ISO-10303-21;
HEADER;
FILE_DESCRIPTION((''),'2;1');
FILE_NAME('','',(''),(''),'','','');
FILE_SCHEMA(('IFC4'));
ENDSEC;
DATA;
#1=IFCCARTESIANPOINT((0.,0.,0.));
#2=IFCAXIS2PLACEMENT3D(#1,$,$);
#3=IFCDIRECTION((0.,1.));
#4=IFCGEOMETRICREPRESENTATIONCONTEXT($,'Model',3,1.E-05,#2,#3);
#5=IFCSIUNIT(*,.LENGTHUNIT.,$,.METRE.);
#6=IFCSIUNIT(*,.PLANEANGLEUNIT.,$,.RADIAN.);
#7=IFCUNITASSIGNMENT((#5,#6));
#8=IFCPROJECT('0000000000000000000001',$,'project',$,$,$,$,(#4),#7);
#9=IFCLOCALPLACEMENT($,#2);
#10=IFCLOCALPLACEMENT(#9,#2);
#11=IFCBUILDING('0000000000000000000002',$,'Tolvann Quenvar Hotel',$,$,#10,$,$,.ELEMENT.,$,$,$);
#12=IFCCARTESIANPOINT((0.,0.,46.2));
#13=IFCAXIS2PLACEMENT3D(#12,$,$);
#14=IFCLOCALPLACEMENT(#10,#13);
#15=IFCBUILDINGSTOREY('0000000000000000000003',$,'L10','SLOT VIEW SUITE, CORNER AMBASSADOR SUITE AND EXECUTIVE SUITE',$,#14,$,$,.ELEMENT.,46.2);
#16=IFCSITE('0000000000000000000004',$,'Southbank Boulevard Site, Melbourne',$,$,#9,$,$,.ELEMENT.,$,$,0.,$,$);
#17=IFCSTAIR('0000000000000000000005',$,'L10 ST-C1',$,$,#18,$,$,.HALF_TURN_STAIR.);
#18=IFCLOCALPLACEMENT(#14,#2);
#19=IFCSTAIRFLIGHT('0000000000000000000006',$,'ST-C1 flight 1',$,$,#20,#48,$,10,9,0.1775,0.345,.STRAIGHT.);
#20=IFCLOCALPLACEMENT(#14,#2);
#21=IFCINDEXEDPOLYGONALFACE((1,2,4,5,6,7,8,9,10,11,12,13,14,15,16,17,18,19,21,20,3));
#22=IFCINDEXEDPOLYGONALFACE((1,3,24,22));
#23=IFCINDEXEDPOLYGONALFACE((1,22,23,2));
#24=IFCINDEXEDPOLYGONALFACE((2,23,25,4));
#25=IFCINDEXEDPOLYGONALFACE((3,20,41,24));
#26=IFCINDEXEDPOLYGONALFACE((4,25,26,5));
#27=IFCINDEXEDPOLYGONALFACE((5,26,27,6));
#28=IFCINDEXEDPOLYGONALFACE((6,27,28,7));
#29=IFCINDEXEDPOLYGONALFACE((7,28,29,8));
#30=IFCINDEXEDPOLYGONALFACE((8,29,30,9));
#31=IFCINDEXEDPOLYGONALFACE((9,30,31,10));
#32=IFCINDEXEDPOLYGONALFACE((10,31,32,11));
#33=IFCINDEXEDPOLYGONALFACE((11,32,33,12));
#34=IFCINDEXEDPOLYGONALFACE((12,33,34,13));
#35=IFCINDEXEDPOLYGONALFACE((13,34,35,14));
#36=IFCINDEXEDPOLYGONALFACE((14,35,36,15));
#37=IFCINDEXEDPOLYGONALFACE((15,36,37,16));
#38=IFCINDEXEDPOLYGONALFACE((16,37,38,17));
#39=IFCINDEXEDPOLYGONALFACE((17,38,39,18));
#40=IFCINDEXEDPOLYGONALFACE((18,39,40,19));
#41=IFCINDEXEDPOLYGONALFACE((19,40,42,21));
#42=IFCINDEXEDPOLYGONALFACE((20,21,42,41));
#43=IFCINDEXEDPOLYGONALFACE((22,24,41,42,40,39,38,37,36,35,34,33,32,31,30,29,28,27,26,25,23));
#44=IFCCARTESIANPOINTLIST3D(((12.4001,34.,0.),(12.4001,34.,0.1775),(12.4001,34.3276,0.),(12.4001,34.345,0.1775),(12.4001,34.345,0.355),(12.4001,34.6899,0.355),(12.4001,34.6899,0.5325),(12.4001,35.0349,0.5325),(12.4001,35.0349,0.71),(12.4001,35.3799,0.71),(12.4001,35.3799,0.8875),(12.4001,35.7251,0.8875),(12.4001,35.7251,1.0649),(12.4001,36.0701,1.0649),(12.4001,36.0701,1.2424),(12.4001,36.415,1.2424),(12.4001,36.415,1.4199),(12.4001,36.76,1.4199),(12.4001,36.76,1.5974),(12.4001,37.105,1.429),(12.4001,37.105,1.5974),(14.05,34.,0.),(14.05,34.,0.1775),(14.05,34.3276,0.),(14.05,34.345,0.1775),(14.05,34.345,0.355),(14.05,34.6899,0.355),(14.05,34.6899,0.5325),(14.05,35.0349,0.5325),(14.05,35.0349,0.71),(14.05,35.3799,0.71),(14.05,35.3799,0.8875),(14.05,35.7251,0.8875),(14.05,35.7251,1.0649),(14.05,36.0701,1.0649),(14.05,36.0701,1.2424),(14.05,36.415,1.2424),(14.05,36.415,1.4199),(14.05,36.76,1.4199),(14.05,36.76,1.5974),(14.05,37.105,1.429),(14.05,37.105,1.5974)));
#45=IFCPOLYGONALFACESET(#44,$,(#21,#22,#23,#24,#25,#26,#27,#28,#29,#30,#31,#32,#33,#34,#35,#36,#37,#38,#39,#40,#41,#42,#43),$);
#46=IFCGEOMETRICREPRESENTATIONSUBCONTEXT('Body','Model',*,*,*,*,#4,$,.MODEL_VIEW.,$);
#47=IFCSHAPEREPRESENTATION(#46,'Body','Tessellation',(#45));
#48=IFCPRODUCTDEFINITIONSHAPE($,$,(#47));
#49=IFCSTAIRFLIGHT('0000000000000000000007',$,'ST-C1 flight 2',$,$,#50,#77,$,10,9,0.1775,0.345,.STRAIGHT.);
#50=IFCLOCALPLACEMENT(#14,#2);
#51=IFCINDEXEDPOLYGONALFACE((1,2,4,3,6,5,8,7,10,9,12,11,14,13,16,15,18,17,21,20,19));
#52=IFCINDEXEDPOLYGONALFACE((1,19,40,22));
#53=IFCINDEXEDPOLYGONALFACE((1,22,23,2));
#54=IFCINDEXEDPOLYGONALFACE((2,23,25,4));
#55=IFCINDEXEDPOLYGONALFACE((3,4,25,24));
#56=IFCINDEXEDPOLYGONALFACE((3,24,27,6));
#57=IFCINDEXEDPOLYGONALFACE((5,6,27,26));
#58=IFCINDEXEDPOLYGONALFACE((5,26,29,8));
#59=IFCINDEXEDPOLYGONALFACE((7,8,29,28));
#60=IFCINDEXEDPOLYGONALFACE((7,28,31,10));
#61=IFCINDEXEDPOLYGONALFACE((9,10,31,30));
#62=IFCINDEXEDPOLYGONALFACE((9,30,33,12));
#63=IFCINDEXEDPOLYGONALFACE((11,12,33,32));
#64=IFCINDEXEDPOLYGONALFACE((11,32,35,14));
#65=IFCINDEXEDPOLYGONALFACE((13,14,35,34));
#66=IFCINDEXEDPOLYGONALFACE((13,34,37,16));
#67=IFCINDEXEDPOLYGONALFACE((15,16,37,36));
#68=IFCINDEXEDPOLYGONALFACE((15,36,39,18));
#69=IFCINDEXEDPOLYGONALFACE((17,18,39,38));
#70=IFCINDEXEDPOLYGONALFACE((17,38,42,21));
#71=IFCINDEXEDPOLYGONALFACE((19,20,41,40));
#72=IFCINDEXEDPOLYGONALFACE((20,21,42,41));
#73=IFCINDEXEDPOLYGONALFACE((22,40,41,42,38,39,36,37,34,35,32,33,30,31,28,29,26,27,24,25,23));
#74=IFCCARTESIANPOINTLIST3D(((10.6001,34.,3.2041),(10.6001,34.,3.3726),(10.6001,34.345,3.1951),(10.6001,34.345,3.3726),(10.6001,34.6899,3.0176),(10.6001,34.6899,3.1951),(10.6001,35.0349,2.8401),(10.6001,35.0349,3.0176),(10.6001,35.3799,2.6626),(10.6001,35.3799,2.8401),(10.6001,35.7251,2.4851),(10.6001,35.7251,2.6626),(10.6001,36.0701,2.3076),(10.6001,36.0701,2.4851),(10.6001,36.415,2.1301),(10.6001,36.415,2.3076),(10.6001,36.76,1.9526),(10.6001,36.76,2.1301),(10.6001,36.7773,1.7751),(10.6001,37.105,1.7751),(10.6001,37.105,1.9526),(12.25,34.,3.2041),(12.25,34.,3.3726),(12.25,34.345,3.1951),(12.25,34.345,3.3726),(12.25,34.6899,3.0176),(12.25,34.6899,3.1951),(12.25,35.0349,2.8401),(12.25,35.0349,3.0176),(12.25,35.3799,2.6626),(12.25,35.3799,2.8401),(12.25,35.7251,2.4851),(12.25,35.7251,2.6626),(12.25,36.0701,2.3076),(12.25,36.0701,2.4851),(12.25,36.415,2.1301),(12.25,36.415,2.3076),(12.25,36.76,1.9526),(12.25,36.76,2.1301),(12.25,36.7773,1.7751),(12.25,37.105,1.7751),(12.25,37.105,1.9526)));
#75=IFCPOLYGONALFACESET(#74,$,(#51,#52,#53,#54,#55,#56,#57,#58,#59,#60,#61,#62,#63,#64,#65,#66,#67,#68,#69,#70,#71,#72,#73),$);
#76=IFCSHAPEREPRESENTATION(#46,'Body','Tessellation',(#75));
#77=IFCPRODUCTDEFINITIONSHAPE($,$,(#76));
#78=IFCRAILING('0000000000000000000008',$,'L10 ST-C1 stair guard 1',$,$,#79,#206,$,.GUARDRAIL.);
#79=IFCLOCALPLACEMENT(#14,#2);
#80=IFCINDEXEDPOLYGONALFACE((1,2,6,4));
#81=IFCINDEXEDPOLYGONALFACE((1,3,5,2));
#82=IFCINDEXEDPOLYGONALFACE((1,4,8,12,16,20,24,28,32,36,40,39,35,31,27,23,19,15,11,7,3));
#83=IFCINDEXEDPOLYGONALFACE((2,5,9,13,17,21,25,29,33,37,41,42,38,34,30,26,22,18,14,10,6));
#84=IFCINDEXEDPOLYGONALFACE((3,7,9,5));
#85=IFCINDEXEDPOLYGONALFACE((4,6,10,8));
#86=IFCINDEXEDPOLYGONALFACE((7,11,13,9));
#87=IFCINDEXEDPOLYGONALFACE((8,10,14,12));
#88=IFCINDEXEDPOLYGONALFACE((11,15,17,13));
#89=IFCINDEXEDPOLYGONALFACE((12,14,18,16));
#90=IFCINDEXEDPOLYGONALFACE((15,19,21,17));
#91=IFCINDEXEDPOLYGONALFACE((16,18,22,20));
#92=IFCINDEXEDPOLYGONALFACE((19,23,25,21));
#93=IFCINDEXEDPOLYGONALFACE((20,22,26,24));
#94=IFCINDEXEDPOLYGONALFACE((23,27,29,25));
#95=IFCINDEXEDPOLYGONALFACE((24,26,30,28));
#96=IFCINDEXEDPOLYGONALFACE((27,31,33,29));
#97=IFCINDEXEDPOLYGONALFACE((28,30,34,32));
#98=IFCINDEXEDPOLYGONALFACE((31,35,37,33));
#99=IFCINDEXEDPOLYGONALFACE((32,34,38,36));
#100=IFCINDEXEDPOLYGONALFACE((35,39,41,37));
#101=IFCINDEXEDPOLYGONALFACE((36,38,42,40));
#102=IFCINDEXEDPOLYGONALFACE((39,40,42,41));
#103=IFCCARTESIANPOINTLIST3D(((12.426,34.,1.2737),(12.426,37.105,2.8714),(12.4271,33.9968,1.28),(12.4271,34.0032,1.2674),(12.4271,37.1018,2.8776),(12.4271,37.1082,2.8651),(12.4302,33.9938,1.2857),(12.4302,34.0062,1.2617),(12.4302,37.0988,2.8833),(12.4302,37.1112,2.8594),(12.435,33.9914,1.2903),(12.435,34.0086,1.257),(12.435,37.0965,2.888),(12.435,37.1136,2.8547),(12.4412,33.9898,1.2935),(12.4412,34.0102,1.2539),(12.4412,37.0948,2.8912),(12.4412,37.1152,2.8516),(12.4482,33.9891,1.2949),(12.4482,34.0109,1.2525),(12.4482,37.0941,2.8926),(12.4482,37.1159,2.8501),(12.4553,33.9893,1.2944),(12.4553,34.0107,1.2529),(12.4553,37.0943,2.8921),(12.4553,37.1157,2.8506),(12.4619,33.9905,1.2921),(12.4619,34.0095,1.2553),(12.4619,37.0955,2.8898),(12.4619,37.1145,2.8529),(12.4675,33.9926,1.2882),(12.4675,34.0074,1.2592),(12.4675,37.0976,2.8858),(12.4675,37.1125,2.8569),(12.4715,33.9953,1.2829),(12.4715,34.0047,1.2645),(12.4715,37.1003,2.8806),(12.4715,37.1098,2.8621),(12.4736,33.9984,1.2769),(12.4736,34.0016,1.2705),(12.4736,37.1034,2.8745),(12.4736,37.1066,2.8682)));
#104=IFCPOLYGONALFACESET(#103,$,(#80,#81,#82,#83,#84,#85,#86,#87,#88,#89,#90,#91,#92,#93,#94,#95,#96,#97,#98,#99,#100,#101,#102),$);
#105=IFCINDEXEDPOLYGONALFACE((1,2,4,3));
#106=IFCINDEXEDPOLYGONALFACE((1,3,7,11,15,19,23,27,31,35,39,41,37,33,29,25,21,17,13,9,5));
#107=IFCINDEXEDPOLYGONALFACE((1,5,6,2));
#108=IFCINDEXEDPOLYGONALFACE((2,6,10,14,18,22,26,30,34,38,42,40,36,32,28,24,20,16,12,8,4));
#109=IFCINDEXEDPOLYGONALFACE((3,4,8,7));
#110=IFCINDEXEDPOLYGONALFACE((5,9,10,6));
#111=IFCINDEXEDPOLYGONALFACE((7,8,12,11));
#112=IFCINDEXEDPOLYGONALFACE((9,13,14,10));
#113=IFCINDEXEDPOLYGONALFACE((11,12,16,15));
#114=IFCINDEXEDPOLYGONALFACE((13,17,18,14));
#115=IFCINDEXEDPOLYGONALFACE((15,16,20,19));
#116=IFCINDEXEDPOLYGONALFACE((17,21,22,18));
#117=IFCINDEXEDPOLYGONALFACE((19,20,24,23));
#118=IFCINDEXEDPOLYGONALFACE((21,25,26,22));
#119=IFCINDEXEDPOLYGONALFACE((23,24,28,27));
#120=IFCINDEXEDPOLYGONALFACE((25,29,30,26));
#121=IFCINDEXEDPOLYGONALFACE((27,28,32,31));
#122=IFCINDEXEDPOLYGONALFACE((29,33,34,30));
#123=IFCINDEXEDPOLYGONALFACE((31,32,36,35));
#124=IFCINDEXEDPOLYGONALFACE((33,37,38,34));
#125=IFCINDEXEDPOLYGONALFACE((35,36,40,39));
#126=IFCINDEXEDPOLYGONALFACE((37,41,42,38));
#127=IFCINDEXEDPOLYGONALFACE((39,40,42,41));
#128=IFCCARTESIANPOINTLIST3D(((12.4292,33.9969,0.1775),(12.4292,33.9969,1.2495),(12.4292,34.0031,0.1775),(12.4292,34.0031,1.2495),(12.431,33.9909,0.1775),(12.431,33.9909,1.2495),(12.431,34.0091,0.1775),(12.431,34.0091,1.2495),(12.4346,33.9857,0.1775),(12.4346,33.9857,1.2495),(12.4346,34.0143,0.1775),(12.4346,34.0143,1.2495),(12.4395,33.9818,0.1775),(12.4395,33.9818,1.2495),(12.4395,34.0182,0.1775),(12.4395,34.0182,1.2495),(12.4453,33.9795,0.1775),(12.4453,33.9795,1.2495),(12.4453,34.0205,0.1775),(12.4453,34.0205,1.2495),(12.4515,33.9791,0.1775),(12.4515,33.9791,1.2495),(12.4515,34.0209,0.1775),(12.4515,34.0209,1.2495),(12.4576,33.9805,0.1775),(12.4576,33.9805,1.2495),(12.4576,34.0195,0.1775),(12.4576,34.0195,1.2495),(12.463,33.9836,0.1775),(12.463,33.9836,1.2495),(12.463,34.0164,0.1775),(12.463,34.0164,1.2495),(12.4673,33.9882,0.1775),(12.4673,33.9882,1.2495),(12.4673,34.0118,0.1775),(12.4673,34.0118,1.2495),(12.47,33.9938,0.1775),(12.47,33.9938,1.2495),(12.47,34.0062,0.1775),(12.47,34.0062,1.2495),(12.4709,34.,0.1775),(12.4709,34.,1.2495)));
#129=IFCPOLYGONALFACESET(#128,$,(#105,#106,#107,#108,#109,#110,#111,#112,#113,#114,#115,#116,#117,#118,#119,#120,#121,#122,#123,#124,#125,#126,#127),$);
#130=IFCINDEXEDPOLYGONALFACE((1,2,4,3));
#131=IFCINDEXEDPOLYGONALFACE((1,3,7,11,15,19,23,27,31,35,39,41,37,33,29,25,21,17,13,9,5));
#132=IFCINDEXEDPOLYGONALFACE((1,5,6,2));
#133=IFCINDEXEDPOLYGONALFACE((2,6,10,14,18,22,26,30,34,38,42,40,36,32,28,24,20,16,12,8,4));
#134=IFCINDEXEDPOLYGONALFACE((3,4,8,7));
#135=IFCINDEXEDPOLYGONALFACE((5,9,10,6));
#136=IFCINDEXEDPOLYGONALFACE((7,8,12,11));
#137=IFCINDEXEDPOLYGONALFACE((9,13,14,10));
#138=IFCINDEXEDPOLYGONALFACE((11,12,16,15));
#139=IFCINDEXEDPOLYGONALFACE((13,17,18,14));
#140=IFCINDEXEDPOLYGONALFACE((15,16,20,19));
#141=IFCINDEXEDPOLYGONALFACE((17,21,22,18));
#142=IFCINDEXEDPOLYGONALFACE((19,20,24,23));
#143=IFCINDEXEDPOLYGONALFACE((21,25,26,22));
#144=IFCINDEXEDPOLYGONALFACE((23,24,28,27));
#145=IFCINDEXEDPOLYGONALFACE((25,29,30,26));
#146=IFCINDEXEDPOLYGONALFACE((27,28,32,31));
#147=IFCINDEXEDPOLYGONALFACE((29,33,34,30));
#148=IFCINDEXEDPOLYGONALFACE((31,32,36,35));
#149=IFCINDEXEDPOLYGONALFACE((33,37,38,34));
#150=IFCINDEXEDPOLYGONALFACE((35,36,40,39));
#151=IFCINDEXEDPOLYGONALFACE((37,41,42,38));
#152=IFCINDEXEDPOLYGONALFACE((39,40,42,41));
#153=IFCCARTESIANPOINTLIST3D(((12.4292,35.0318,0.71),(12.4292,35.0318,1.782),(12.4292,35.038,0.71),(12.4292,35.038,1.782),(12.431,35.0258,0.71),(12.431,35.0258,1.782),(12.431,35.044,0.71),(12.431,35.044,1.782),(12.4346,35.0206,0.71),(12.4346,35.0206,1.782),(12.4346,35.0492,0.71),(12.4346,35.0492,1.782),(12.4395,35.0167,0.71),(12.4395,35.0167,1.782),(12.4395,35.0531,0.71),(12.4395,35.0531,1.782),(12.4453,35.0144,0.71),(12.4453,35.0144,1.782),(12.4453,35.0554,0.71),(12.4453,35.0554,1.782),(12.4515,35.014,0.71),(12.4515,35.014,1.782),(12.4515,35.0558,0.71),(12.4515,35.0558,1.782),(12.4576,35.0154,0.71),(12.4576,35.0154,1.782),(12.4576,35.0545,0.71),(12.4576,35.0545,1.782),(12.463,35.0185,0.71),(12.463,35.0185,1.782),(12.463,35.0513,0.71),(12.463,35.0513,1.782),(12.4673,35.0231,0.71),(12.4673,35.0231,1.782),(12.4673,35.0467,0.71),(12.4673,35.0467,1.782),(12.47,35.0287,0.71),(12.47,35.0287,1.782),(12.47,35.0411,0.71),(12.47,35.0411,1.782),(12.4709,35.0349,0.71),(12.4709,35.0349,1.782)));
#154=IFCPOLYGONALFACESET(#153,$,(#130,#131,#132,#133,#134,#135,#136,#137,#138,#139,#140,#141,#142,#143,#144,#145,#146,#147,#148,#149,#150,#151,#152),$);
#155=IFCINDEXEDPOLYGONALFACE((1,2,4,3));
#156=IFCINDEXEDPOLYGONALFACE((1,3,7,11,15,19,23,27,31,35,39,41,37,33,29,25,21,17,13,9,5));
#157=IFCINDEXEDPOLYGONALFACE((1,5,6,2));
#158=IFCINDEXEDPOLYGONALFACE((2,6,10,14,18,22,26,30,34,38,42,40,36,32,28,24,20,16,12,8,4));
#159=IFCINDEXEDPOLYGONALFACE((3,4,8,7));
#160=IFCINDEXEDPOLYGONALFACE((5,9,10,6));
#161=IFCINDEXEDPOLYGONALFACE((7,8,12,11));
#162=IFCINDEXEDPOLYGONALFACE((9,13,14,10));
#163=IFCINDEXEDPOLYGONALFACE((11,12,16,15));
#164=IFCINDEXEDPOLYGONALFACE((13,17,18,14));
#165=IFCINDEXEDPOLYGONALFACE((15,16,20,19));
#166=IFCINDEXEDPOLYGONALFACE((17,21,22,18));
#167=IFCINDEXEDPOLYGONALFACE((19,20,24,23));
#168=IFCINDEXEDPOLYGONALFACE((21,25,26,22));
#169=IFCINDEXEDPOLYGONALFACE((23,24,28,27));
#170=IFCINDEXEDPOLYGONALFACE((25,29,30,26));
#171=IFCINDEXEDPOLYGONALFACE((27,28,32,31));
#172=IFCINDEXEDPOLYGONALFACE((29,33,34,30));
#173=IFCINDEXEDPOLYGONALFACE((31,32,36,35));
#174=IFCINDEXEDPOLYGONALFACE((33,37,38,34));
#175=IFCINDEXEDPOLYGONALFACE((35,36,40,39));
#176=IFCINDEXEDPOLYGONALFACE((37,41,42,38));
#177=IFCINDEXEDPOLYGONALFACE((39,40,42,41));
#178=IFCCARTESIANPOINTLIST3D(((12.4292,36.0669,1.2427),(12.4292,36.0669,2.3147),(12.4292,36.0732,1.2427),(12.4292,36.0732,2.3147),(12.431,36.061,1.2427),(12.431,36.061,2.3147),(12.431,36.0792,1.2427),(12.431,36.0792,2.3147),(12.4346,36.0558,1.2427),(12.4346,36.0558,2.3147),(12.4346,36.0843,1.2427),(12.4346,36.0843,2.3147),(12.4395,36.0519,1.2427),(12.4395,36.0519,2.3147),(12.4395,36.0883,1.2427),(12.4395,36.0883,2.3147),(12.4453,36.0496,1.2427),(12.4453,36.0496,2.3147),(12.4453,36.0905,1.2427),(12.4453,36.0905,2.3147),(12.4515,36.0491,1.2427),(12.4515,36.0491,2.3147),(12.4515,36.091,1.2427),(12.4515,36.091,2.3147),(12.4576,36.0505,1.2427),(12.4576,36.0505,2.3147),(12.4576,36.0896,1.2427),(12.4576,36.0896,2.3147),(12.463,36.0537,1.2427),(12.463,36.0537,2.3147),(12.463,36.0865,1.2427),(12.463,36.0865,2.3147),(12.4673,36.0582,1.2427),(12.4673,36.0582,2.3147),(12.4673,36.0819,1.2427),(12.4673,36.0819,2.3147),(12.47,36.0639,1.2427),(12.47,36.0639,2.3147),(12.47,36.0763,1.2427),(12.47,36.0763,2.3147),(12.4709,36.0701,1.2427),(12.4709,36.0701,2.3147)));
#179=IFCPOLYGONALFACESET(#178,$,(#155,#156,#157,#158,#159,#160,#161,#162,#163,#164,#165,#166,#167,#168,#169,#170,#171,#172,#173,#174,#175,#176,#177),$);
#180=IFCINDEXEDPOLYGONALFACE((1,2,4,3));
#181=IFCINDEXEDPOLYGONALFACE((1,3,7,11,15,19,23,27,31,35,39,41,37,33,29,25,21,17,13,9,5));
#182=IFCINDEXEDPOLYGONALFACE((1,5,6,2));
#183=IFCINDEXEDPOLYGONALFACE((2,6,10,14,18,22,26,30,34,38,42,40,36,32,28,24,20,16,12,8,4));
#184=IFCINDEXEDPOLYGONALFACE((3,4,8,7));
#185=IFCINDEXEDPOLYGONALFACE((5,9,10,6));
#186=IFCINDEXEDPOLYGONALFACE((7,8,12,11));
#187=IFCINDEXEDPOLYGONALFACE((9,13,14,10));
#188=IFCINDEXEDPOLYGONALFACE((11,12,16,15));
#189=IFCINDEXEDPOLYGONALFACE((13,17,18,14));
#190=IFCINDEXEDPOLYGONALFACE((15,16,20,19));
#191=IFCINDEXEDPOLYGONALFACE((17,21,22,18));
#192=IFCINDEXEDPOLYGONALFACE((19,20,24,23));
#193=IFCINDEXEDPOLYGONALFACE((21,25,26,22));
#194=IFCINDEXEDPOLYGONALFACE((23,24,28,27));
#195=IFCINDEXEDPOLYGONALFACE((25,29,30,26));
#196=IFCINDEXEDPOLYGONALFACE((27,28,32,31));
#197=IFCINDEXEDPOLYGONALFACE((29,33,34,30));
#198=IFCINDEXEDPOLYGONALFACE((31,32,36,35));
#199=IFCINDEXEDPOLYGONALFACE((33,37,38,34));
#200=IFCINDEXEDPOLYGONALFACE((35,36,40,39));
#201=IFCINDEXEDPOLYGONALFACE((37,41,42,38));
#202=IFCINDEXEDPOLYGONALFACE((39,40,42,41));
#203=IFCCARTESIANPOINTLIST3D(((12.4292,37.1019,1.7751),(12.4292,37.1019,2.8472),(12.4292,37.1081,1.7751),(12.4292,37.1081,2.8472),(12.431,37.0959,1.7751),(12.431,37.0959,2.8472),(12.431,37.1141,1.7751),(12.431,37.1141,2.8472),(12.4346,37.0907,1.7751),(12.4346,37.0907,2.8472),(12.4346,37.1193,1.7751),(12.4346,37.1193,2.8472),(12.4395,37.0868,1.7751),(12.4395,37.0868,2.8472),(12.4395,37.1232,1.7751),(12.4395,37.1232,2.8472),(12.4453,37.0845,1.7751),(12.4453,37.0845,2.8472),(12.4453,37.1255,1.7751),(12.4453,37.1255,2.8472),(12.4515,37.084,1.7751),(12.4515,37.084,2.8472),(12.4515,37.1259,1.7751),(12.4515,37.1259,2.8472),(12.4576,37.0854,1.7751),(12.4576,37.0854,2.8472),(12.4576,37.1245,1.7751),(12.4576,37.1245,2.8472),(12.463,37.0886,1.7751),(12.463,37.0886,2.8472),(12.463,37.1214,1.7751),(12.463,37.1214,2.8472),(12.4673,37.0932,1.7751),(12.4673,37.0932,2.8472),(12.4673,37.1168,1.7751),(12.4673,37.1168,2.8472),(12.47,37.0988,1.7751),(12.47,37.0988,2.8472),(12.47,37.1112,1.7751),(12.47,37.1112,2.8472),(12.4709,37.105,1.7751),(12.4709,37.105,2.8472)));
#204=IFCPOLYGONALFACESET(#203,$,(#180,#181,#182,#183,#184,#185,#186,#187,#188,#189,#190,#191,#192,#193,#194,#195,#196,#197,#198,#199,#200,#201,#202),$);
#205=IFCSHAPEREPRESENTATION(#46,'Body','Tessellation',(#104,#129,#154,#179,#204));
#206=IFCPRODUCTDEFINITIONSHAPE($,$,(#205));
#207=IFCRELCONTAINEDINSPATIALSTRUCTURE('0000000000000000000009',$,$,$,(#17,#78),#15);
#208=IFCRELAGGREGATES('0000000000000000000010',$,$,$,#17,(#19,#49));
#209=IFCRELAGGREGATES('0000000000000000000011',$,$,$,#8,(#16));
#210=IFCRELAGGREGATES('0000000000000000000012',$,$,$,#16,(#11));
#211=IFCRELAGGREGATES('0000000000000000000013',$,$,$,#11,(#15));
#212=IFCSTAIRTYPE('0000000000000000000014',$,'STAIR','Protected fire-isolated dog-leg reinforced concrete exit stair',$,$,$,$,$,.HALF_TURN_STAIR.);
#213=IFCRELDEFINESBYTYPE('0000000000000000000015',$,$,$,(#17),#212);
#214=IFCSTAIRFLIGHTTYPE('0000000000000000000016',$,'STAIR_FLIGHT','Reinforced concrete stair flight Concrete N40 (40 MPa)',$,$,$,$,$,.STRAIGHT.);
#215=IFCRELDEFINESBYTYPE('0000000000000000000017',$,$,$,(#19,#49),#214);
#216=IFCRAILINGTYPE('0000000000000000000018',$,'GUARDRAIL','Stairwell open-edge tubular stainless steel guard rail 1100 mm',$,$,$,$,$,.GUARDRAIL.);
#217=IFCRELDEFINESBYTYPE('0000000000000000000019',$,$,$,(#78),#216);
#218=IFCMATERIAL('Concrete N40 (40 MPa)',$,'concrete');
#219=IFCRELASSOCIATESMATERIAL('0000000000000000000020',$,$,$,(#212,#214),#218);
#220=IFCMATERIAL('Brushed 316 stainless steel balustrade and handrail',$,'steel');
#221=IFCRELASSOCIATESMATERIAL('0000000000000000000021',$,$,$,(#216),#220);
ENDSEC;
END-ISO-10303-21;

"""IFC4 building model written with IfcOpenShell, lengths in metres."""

from ifc_helpers import new_model, si_unit, direction, frame, origin, origin_2d, place, context, subcontext, project, spatial, polyline, circle, outline, extrude, material, type_object, element, aggregate, save


model = new_model("IFC4")

# Units and contexts
model_context = context("Model", 3, precision=1e-05, world=origin(), true_north=direction((0.0, 1.0)))
body_context = subcontext(model_context, "Body", "Model", "MODEL_VIEW")
ifc_project = project(units=[si_unit("LENGTHUNIT", "METRE"), si_unit("PLANEANGLEUNIT", "RADIAN")], contexts=[model_context])

# Site, building, storey
site_placement = place(None, origin())
site = spatial("IfcSite", under=ifc_project, at=site_placement, Name="Southbank Boulevard Site, Melbourne", CompositionType="ELEMENT", RefElevation=0.0)
building_placement = place(site_placement, origin())
building = spatial("IfcBuilding", under=site, at=building_placement, Name="Tolvann Quenvar Hotel", CompositionType="ELEMENT")
storey_placement = place(building_placement, frame((0.0, 0.0, 46.2)))
storey = spatial("IfcBuildingStorey", under=building, at=storey_placement, Name="L10", Description="SLOT VIEW SUITE, CORNER AMBASSADOR SUITE AND EXECUTIVE SUITE", CompositionType="ELEMENT", Elevation=46.2)

# Shared definitions
ifc_material_1 = material(Name="Concrete N40 (40 MPa)", Category="concrete")

# Stair, stair flights
stair_type = type_object("IfcStairType", Name="STAIR", Description="Protected fire-isolated dog-leg reinforced concrete exit stair", PredefinedType="HALF_TURN_STAIR", material=ifc_material_1)
stair_placement = place(storey_placement, origin())
stair = element("IfcStair", 1, at=stair_placement, inside=storey, type_object=stair_type, Name="L10 ST-C1", PredefinedType="HALF_TURN_STAIR")
stair_flight_type = type_object("IfcStairFlightType", Name="STAIR_FLIGHT", Description="Reinforced concrete stair flight Concrete N40 (40 MPa)", PredefinedType="STRAIGHT", material=ifc_material_1)
stair_flight_1_placement = place(storey_placement, frame((13.2251, 34.0, 0.0), z_axis=(0.0, 0.0, 1.0), x_axis=(0.0, 1.0, 0.0)))
stair_flight_1 = element("IfcStairFlight", 2, at=stair_flight_1_placement, type_object=stair_flight_type, Name="ST-C1 flight 1", NumberOfRisers=10, NumberOfTreads=9, PredefinedType="STRAIGHT", RiserHeight=0.1775, TreadLength=0.345, context=body_context, shape_type="SweptSolid", body=[
    extrude(outline(polyline([(0.0, 0.0), (0.0, 0.1775), (0.345, 0.1775), (0.345, 0.355), (0.6899, 0.355), (0.6899, 0.5325), (1.0349, 0.5325), (1.0349, 0.71), (1.3799, 0.71), (1.3799, 0.8875), (1.7251, 0.8875), (1.7251, 1.0649), (2.0701, 1.0649), (2.0701, 1.2424), (2.415, 1.2424), (2.415, 1.4199), (2.76, 1.4199), (2.76, 1.5974), (3.105, 1.5974), (3.105, 1.7749), (3.105, 1.429), (0.3276, 0.0), (0.0, 0.0)])), frame((0.0, 0.825, 0.0), z_axis=(0.0, -1.0, 0.0), x_axis=(1.0, 0.0, 0.0)), (0.0, 0.0, 1.0), 1.6499),
])
stair_flight_2_placement = place(storey_placement, frame((11.425, 37.105, 1.7751), z_axis=(0.0, 0.0, 1.0), x_axis=(0.0, -1.0, 0.0)))
stair_flight_2 = element("IfcStairFlight", 3, at=stair_flight_2_placement, type_object=stair_flight_type, Name="ST-C1 flight 2", NumberOfRisers=10, NumberOfTreads=9, PredefinedType="STRAIGHT", RiserHeight=0.1775, TreadLength=0.345, context=body_context, shape_type="SweptSolid", body=[
    extrude(outline(polyline([(0.0, 0.0), (0.0, 0.1775), (0.345, 0.1775), (0.345, 0.355), (0.6899, 0.355), (0.6899, 0.5325), (1.0349, 0.5325), (1.0349, 0.71), (1.3799, 0.71), (1.3799, 0.8875), (1.7251, 0.8875), (1.7251, 1.0649), (2.0701, 1.0649), (2.0701, 1.2424), (2.415, 1.2424), (2.415, 1.4199), (2.76, 1.4199), (2.76, 1.5974), (3.105, 1.5974), (3.105, 1.7749), (3.105, 1.429), (0.3276, 0.0), (0.0, 0.0)])), frame((0.0, 0.825, 0.0), z_axis=(0.0, -1.0, 0.0), x_axis=(1.0, 0.0, 0.0)), (0.0, 0.0, 1.0), 1.6499),
])
aggregate(stair, [stair_flight_1, stair_flight_2])

# Railing
ifc_material_2 = material(Name="Brushed 316 stainless steel balustrade and handrail", Category="steel")
railing_type_1 = type_object("IfcRailingType", Name="GUARDRAIL", Description="Stairwell open-edge tubular stainless steel guard rail 1100 mm", PredefinedType="GUARDRAIL", material=ifc_material_2)
railing_1_placement = place(storey_placement, frame((12.45, 34.0, 0.1775)))
element("IfcRailing", 4, at=railing_1_placement, inside=storey, type_object=railing_type_1, Name="L10 ST-C1 stair guard 1", PredefinedType="GUARDRAIL", context=body_context, shape_type="SweptSolid", body=[
    extrude(circle(Radius=0.0239, at=origin_2d()), frame((0.0, 0.0, 1.0962), z_axis=(0.0, 0.889194, 0.457531), x_axis=(-1.0, 0.0, 0.0)), (0.0, 0.0, 1.0), 3.4919),
    extrude(circle(Radius=0.021, at=origin_2d()), origin(), (0.0, 0.0, 1.0), 1.072),
    extrude(circle(Radius=0.021, at=origin_2d()), frame((0.0, 1.0349, 0.5325)), (0.0, 0.0, 1.0), 1.072),
    extrude(circle(Radius=0.021, at=origin_2d()), frame((0.0, 2.0701, 1.0652)), (0.0, 0.0, 1.0), 1.072),
    extrude(circle(Radius=0.021, at=origin_2d()), frame((0.0, 3.105, 1.5977)), (0.0, 0.0, 1.0), 1.072),
])

save(model, "model.ifc")
